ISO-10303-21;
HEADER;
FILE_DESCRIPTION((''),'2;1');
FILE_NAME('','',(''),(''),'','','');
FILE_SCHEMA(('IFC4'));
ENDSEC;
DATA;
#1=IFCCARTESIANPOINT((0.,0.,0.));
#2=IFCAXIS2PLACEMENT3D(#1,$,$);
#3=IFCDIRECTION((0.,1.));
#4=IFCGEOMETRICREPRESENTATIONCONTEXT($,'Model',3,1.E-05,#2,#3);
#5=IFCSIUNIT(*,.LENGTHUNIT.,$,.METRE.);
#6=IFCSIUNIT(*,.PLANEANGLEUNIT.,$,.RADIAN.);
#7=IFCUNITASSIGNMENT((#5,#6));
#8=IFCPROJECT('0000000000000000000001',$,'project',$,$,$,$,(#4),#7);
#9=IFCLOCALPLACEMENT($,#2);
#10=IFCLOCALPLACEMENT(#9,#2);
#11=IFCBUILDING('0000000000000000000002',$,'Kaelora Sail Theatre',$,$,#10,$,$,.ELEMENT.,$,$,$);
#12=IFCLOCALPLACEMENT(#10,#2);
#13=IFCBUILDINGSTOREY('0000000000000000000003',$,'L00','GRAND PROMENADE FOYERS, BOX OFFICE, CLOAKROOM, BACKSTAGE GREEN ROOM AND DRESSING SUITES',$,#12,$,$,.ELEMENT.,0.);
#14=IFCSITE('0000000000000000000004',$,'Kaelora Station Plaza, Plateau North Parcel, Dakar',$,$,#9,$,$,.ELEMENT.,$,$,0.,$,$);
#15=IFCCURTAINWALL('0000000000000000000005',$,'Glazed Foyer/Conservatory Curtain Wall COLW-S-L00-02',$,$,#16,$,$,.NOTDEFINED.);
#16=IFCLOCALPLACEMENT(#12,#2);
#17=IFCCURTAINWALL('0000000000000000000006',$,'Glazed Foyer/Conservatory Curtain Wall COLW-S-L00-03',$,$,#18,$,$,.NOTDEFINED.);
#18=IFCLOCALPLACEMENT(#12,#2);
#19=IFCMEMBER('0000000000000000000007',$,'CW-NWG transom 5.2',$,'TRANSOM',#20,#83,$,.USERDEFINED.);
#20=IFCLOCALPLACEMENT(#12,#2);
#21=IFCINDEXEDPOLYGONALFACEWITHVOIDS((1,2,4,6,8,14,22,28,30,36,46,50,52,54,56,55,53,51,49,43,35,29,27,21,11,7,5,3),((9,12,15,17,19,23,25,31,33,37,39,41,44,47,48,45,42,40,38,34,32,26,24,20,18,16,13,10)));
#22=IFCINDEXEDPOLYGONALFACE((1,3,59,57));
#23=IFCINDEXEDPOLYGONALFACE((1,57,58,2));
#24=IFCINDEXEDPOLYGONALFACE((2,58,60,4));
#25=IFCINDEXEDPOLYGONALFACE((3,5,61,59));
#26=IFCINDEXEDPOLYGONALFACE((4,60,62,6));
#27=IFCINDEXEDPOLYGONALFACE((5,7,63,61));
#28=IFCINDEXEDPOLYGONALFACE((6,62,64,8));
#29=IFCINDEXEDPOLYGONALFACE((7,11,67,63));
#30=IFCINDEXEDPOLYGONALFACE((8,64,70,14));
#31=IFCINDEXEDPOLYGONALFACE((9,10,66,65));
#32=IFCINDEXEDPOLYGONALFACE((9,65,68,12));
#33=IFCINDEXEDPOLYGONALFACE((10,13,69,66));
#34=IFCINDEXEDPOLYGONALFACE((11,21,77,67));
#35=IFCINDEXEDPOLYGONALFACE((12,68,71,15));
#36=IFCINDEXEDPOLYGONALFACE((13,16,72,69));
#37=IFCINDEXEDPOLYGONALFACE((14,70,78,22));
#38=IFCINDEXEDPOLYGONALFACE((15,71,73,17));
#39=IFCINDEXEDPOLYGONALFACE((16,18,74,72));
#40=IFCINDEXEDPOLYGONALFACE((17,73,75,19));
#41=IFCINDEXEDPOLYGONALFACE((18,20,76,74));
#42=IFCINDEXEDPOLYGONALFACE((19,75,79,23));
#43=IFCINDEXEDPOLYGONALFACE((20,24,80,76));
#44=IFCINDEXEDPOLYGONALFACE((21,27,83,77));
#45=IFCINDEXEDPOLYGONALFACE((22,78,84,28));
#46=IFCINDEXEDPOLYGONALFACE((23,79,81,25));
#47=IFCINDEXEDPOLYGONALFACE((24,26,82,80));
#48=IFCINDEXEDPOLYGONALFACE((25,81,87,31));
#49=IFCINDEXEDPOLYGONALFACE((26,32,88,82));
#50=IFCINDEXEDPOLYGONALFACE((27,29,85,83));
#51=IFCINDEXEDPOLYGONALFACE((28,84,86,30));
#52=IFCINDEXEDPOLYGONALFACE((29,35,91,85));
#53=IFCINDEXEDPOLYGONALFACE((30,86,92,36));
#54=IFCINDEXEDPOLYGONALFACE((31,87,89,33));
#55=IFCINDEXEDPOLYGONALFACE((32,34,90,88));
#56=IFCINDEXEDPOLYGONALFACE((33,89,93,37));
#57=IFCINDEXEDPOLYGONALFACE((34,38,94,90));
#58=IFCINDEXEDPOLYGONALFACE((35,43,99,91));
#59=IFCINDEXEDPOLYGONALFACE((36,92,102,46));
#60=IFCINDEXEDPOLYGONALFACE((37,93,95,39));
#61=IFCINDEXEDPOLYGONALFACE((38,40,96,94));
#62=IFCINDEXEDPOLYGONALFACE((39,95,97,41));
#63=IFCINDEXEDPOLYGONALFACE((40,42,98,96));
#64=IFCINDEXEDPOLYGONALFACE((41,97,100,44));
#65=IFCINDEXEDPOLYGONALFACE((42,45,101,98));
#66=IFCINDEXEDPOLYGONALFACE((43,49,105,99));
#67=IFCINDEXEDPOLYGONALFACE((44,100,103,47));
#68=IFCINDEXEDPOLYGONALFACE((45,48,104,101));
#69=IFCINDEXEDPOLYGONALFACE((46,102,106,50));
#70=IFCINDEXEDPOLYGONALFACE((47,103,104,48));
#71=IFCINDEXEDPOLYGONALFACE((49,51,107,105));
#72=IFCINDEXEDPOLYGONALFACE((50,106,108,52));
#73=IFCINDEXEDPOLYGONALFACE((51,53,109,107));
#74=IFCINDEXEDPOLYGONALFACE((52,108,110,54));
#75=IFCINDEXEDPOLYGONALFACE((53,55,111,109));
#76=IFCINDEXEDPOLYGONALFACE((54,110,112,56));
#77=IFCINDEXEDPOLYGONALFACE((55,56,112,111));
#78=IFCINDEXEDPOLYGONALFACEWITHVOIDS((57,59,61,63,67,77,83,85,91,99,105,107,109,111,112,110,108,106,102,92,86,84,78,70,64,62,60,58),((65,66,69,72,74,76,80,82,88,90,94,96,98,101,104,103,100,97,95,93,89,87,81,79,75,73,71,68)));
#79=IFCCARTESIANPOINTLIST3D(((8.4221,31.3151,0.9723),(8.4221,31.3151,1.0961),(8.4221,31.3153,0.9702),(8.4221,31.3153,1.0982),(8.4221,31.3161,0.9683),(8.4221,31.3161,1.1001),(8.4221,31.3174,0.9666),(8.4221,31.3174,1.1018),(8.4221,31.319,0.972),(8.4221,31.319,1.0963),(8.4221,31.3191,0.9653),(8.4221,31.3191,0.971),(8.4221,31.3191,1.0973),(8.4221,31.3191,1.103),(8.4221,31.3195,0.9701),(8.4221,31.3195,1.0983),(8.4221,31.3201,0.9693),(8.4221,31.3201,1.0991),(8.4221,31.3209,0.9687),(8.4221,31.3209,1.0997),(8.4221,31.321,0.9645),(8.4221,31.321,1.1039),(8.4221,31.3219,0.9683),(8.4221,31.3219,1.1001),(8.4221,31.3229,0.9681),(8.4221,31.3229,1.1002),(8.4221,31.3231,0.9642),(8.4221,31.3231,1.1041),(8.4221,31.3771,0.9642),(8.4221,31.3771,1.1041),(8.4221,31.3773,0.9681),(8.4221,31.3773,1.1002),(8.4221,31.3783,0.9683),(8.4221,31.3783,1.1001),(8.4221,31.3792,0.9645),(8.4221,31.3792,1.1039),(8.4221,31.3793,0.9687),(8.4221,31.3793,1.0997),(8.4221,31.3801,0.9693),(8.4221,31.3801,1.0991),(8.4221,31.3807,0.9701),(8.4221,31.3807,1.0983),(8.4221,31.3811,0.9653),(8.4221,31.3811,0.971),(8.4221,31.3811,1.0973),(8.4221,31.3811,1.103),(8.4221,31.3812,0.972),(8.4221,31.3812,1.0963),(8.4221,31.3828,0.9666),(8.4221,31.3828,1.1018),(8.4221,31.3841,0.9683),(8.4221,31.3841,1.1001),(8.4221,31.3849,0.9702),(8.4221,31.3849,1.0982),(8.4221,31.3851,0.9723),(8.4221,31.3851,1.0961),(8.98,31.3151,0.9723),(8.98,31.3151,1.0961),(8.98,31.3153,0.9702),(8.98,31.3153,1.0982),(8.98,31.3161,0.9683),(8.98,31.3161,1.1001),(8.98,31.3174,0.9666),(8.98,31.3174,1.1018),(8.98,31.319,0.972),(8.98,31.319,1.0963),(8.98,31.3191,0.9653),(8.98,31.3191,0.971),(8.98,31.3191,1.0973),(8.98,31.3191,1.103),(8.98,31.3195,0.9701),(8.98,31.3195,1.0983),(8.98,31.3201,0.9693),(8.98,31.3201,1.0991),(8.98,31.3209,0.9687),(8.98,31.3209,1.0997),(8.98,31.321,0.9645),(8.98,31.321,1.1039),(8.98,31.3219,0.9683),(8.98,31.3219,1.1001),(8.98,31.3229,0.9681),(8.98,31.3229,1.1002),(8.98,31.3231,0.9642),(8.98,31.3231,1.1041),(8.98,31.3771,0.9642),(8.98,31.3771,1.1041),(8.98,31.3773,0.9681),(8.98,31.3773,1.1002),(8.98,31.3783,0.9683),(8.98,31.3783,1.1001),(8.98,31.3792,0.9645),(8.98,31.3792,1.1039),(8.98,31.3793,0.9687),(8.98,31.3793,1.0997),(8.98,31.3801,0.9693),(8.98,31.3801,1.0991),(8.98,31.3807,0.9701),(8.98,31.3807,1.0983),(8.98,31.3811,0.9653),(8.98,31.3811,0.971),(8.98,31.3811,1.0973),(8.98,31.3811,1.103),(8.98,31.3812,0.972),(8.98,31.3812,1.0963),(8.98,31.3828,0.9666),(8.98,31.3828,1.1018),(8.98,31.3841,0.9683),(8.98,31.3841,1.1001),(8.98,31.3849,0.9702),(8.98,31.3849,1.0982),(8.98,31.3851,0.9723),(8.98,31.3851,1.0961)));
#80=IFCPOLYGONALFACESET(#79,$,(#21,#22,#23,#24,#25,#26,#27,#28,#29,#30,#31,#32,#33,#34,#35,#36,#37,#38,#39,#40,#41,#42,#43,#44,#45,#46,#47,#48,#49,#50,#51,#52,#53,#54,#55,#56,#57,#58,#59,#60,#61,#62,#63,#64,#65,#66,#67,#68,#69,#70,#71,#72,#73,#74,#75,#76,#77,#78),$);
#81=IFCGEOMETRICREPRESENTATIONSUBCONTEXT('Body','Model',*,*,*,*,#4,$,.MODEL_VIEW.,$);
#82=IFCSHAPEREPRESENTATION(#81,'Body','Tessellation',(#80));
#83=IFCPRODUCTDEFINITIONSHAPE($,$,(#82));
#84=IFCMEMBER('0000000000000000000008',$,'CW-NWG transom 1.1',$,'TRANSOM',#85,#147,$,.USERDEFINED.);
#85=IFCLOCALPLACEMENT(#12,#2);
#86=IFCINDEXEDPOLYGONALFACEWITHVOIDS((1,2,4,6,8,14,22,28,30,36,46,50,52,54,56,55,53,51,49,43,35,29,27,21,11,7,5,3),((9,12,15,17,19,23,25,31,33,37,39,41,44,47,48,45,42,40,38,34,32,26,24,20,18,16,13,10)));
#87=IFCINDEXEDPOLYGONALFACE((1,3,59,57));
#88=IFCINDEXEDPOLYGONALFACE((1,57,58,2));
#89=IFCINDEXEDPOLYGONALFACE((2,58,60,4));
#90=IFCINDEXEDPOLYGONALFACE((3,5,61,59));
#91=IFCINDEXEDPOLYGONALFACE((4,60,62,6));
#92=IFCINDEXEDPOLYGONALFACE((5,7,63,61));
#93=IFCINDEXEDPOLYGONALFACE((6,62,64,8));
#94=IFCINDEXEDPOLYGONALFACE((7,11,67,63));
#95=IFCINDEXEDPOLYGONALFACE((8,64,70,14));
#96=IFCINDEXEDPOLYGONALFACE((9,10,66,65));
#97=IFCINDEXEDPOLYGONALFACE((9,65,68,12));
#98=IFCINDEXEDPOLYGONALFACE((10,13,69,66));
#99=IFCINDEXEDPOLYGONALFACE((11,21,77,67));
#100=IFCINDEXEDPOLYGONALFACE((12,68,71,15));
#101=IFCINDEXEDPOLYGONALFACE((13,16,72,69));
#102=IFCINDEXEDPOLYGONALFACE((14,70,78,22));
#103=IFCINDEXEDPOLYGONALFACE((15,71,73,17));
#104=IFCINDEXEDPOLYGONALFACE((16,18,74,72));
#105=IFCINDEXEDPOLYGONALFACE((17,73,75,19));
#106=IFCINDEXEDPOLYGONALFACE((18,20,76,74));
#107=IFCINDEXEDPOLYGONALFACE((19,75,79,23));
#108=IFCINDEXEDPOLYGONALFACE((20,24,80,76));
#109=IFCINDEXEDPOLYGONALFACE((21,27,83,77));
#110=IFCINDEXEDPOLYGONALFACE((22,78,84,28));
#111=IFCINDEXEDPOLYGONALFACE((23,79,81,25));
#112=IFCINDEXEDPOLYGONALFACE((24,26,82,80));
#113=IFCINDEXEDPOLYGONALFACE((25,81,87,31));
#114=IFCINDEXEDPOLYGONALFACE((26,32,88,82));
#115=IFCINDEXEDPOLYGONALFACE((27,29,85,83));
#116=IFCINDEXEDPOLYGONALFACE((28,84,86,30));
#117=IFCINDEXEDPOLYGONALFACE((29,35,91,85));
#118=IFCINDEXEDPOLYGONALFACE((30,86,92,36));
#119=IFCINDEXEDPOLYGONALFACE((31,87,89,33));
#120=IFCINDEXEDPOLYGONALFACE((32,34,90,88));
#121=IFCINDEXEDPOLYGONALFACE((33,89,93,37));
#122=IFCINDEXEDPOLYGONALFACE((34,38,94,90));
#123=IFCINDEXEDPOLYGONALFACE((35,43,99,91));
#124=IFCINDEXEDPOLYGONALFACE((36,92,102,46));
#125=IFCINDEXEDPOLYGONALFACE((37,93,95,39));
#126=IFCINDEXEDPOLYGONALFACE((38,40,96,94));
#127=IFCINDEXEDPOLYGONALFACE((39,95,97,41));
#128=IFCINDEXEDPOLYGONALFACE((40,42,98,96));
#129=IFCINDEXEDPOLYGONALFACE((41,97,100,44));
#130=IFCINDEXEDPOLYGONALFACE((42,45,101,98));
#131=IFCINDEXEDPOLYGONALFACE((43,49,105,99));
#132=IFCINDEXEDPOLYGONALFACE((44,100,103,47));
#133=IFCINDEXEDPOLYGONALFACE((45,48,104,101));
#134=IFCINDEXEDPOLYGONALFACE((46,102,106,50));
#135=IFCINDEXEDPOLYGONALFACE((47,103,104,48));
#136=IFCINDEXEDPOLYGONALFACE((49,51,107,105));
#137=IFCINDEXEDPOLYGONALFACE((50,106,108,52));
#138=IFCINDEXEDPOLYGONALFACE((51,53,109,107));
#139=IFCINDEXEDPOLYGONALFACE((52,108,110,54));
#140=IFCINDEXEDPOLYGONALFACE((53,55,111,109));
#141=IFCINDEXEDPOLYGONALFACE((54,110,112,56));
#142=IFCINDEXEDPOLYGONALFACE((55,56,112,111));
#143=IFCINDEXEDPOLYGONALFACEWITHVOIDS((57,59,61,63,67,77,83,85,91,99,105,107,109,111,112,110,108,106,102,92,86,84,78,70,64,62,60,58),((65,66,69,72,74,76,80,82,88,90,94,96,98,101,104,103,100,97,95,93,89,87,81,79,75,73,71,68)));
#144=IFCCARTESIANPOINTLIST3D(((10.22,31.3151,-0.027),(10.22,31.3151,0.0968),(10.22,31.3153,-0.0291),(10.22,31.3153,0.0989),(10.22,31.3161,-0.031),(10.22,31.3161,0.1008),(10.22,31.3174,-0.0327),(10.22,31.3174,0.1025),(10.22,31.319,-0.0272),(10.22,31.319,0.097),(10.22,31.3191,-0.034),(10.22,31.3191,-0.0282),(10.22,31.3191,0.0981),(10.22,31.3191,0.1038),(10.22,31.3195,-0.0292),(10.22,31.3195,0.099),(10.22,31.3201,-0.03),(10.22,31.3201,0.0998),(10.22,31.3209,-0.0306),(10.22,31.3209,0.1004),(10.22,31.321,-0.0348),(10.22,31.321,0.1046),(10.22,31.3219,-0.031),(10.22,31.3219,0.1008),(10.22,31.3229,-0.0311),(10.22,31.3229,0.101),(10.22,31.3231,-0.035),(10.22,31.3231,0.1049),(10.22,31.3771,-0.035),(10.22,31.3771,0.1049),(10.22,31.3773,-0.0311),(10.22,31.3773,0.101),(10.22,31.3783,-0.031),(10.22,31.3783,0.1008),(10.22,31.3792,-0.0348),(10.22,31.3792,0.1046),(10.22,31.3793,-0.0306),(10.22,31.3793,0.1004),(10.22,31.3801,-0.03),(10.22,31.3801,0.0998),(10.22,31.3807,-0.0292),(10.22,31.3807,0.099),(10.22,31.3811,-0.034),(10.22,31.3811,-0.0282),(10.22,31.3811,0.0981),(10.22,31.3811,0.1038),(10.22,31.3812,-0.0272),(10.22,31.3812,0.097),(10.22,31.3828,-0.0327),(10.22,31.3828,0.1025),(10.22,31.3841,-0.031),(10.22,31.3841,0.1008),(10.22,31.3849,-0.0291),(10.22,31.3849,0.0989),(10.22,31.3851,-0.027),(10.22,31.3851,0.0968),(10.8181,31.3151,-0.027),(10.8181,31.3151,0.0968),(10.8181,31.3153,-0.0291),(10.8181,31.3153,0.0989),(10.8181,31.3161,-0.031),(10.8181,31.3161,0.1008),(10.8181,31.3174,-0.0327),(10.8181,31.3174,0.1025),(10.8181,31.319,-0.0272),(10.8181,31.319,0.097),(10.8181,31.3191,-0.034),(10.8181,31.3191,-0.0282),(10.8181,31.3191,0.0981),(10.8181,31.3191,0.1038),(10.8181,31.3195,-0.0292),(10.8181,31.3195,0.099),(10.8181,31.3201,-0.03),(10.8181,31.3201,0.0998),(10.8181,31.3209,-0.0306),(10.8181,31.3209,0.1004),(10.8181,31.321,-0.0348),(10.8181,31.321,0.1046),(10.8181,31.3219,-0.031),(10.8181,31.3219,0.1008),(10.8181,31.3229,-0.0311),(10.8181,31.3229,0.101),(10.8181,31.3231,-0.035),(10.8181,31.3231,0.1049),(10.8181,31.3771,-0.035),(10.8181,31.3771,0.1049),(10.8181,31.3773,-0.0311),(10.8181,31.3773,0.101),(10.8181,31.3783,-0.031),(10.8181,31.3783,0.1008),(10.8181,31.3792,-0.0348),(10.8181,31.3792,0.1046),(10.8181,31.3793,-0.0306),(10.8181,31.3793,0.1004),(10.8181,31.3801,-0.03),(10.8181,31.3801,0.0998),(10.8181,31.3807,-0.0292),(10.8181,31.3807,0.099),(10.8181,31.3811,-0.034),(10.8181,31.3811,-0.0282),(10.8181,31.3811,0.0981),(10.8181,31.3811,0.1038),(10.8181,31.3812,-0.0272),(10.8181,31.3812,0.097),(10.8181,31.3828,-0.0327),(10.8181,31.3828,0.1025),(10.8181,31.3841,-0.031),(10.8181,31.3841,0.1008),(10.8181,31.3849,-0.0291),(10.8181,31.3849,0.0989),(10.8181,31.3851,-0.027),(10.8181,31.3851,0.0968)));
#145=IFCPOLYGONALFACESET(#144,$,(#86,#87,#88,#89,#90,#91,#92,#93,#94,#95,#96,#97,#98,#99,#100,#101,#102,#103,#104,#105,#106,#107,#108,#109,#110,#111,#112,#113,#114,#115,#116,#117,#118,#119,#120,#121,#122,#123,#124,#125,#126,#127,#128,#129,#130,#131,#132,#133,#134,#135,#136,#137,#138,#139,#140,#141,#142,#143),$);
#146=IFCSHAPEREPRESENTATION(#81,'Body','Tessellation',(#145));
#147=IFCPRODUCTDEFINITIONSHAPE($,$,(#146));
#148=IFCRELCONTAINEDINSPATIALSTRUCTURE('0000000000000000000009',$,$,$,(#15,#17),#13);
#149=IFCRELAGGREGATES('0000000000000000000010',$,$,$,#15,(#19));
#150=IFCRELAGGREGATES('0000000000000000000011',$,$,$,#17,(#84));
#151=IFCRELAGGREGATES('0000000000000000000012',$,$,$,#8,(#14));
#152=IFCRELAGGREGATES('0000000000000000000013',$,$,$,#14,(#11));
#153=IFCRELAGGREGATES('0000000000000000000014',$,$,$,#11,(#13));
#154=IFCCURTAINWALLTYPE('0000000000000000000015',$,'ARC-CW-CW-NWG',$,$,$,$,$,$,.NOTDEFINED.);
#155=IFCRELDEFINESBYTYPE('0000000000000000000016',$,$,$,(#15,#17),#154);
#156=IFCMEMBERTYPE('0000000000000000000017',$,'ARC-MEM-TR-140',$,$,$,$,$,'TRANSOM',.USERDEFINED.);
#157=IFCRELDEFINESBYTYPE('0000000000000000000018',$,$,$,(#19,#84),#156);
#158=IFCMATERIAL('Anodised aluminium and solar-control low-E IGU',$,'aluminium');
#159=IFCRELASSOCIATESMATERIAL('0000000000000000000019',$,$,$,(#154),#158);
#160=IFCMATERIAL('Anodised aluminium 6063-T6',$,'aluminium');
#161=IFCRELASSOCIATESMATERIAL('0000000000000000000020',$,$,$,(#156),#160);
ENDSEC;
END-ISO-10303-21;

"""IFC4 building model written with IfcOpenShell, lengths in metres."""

from ifc_helpers import new_model, si_unit, direction, frame, origin, origin_2d, place, context, subcontext, project, spatial, hollow_rectangle, extrude, material, material_profile, profile_set, type_object, element, aggregate, save


model = new_model("IFC4")

# Units and contexts
model_context = context("Model", 3, precision=1e-05, world=origin(), true_north=direction((0.0, 1.0)))
body_context = subcontext(model_context, "Body", "Model", "MODEL_VIEW")
ifc_project = project(units=[si_unit("LENGTHUNIT", "METRE"), si_unit("PLANEANGLEUNIT", "RADIAN")], contexts=[model_context])

# Site, building, storey
site_placement = place(None, origin())
site = spatial("IfcSite", under=ifc_project, at=site_placement, Name="Kaelora Station Plaza, Plateau North Parcel, Dakar", CompositionType="ELEMENT", RefElevation=0.0)
building_placement = place(site_placement, origin())
building = spatial("IfcBuilding", under=site, at=building_placement, Name="Kaelora Sail Theatre", CompositionType="ELEMENT")
storey_placement = place(building_placement, origin())
storey = spatial("IfcBuildingStorey", under=building, at=storey_placement, Name="L00", Description="GRAND PROMENADE FOYERS, BOX OFFICE, CLOAKROOM, BACKSTAGE GREEN ROOM AND DRESSING SUITES", CompositionType="ELEMENT", Elevation=0.0)

# Curtain walls
ifc_material_1 = material(Name="Anodised aluminium and solar-control low-E IGU", Category="aluminium")
curtain_wall_type = type_object("IfcCurtainWallType", Name="ARC-CW-CW-NWG", PredefinedType="NOTDEFINED", material=ifc_material_1)
curtain_wall_1_placement = place(storey_placement, origin())
curtain_wall_1 = element("IfcCurtainWall", 1, at=curtain_wall_1_placement, inside=storey, type_object=curtain_wall_type, Name="Glazed Foyer/Conservatory Curtain Wall COLW-S-L00-02", PredefinedType="NOTDEFINED")
curtain_wall_2_placement = place(storey_placement, origin())
curtain_wall_2 = element("IfcCurtainWall", 2, at=curtain_wall_2_placement, inside=storey, type_object=curtain_wall_type, Name="Glazed Foyer/Conservatory Curtain Wall COLW-S-L00-03", PredefinedType="NOTDEFINED")

# Members
ifc_material_2 = material(Name="Anodised aluminium 6063-T6", Category="aluminium")
ifc_material_profile_1 = material_profile(ifc_material_2, hollow_rectangle(XDim=0.0701, YDim=0.1399, WallThickness=0.0039, InnerFilletRadius=0.0039, OuterFilletRadius=0.0081, at=origin_2d()), Name="ALU-TRAN 70x140x4")
ifc_profile_set_1 = profile_set([ifc_material_profile_1], Name="Anodised aluminium 6063-T6")
member_type_1 = type_object("IfcMemberType", Name="ARC-MEM-TR-140", ElementType="TRANSOM", PredefinedType="USERDEFINED", material=ifc_profile_set_1)
member_1_placement = place(storey_placement, frame((8.4221, 31.3501, 1.0342), z_axis=(1.0, 0.0, 0.0), x_axis=(0.0, 1.0, 0.0)))
member_1 = element("IfcMember", 3, at=member_1_placement, type_object=member_type_1, Name="CW-NWG transom 5.2", ObjectType="TRANSOM", PredefinedType="USERDEFINED", context=body_context, shape_type="SweptSolid", body=[
    extrude(hollow_rectangle(XDim=0.0701, YDim=0.1399, WallThickness=0.0039, InnerFilletRadius=0.0039, OuterFilletRadius=0.0081, at=origin_2d()), origin(), (0.0, 0.0, 1.0), 0.5579),
])
member_2_placement = place(storey_placement, frame((10.22, 31.3501, 0.0349), z_axis=(1.0, 0.0, 0.0), x_axis=(0.0, 1.0, 0.0)))
member_2 = element("IfcMember", 4, at=member_2_placement, type_object=member_type_1, Name="CW-NWG transom 1.1", ObjectType="TRANSOM", PredefinedType="USERDEFINED", context=body_context, shape_type="SweptSolid", body=[
    extrude(hollow_rectangle(XDim=0.0701, YDim=0.1399, WallThickness=0.0039, InnerFilletRadius=0.0039, OuterFilletRadius=0.0081, at=origin_2d()), origin(), (0.0, 0.0, 1.0), 0.5981),
])

aggregate(curtain_wall_1, [member_1])
aggregate(curtain_wall_2, [member_2])

save(model, "model.ifc")
